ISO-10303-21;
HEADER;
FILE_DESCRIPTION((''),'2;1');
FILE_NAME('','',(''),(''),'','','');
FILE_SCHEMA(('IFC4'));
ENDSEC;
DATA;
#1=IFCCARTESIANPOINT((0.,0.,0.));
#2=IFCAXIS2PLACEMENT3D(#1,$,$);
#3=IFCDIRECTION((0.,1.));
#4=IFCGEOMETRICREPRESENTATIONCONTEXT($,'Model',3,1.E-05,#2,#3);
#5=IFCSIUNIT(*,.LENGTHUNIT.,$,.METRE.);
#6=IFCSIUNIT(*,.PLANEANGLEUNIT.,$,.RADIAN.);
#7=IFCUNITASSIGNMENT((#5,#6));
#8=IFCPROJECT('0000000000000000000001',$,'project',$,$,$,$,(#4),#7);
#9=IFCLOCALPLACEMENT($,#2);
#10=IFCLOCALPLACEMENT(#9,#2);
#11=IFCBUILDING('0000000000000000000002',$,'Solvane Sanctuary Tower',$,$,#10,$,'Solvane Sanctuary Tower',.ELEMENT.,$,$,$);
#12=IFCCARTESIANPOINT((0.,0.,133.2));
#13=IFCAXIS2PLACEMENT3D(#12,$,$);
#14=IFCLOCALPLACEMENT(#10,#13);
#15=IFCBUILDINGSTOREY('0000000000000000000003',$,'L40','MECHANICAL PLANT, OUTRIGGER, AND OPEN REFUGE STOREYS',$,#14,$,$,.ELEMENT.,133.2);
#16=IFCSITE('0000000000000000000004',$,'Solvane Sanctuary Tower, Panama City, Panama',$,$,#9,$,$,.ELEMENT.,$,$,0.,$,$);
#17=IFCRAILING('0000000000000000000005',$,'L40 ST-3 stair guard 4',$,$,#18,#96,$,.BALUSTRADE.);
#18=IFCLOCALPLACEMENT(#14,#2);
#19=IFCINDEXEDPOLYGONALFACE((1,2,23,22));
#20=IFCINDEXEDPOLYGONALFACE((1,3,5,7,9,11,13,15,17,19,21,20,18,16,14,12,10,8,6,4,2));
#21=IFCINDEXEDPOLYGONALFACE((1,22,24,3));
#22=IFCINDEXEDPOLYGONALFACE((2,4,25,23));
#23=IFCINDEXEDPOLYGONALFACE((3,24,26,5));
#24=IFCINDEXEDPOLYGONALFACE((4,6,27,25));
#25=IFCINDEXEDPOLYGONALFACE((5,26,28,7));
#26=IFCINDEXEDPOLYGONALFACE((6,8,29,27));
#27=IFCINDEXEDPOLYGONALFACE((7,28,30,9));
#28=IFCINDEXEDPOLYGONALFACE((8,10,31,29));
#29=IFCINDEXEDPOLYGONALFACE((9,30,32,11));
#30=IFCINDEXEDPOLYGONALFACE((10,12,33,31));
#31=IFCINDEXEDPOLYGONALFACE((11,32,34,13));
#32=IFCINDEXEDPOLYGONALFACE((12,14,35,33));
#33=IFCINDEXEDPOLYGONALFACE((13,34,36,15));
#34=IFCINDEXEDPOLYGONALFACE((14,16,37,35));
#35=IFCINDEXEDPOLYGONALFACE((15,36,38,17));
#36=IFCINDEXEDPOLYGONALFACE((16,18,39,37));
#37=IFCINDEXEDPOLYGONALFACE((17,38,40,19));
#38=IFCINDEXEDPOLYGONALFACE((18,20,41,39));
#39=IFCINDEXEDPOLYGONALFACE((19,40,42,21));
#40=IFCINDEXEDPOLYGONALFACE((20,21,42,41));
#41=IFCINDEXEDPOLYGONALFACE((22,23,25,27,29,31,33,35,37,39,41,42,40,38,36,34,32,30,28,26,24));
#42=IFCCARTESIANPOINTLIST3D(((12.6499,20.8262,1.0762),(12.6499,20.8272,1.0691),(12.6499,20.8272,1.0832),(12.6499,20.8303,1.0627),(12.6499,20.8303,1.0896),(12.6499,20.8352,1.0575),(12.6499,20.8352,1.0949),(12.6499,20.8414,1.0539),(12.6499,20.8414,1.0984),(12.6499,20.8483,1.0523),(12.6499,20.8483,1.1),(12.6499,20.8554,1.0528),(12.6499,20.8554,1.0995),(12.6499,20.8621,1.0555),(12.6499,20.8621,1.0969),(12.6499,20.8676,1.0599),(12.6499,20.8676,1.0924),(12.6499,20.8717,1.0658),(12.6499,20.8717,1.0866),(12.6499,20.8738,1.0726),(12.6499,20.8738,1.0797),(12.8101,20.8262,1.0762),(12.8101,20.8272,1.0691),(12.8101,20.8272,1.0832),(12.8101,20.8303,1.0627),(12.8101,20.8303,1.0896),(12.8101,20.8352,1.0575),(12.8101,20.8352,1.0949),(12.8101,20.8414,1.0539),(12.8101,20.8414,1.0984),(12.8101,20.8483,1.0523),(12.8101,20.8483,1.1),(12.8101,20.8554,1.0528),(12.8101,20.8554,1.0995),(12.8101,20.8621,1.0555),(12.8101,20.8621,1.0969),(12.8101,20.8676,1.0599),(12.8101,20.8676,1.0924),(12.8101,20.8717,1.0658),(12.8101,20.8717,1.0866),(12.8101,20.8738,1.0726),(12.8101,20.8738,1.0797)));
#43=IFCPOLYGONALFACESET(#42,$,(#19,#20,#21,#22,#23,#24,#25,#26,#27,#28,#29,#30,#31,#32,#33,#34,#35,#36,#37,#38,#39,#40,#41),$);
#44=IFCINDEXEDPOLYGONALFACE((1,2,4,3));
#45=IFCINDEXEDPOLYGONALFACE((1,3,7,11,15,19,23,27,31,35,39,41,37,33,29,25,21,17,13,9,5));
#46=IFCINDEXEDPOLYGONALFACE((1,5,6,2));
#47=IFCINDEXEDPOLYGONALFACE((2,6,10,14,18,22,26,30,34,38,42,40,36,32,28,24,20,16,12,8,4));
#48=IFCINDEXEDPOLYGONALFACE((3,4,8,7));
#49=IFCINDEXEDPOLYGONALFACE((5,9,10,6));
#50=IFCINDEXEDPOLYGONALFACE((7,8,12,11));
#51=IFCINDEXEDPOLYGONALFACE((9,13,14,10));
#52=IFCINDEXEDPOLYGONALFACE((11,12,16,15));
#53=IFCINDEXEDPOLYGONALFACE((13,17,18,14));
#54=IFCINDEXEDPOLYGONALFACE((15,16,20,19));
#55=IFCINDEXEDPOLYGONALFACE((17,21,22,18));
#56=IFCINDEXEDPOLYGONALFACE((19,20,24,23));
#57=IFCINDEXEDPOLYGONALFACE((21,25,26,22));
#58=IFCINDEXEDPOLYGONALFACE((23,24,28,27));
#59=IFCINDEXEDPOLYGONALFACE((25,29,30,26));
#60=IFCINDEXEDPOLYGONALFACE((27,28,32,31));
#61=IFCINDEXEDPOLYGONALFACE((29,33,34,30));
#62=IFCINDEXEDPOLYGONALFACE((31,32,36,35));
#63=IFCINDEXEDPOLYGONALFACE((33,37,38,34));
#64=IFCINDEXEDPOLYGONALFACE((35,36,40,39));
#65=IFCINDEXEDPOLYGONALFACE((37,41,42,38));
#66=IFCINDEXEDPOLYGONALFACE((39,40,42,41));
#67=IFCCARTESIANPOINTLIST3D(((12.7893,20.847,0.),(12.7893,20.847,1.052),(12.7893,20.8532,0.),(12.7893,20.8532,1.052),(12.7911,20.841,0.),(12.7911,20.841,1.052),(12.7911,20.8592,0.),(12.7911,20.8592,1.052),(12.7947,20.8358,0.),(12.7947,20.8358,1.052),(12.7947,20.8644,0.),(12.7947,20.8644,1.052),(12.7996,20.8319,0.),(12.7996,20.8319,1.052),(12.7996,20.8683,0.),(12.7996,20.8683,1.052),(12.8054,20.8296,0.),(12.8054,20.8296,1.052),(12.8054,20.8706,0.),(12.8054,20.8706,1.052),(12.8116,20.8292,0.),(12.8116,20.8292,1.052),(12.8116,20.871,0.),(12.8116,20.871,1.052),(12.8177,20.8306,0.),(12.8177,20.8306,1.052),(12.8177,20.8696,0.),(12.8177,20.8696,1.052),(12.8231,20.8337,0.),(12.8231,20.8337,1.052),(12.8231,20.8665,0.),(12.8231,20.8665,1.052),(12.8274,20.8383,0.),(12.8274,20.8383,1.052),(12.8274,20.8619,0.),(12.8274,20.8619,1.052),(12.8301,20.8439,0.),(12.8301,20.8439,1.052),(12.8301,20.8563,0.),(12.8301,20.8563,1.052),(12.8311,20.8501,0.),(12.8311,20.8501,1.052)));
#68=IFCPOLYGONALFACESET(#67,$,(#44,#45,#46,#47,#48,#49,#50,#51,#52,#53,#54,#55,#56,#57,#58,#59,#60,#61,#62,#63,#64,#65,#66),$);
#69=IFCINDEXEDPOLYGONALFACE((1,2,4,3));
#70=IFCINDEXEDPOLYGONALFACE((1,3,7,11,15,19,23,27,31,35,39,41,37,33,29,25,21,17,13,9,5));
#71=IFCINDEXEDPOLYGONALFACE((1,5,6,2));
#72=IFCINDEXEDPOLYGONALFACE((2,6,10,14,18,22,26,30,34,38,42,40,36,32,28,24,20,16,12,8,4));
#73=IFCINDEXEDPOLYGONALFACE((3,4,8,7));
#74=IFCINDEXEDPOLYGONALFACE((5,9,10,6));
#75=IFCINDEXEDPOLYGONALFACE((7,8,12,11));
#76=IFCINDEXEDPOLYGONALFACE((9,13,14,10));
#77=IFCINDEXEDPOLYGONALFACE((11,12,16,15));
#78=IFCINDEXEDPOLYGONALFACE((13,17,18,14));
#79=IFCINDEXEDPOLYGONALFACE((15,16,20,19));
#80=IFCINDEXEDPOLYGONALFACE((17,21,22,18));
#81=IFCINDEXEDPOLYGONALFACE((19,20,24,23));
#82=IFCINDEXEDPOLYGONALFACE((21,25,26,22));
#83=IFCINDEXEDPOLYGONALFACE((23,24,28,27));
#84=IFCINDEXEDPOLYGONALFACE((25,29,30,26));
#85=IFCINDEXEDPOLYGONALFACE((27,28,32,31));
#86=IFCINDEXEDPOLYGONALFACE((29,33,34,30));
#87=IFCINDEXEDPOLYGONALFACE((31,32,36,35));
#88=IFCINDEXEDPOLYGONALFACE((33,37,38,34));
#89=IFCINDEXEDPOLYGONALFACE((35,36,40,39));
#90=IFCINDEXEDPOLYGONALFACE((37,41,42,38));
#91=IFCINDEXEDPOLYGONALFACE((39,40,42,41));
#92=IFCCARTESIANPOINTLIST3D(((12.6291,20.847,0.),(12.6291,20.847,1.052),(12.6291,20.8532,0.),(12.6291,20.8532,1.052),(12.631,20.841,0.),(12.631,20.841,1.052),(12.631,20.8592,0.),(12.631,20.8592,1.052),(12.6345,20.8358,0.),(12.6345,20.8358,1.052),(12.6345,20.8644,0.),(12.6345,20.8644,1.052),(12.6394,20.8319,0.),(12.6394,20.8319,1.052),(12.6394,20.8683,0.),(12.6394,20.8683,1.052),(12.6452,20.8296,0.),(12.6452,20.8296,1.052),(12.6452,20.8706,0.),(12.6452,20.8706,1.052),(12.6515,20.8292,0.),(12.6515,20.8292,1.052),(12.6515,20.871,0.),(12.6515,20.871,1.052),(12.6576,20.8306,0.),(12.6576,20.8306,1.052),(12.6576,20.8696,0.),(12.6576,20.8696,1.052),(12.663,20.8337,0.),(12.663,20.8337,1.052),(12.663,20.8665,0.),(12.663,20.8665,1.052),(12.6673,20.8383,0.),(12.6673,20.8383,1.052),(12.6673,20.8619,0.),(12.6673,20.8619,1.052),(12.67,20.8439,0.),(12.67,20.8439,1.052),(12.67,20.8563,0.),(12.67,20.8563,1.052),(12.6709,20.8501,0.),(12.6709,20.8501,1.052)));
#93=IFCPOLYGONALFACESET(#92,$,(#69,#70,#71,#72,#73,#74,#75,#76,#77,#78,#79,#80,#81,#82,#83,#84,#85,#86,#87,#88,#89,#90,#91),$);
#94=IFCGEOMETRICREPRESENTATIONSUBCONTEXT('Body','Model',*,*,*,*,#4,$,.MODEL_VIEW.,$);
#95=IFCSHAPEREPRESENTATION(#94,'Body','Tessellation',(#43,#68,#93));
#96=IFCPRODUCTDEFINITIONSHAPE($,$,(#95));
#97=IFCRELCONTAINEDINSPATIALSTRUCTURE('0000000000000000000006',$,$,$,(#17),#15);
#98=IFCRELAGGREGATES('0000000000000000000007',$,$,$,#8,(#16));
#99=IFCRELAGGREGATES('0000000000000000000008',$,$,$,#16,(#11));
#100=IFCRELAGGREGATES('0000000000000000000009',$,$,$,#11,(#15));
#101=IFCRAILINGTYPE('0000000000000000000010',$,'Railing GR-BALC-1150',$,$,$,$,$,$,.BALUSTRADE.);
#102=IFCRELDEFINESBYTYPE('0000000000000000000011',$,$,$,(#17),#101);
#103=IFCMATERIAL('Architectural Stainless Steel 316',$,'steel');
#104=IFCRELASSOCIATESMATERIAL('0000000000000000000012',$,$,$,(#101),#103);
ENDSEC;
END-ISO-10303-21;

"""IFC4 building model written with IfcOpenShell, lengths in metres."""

from ifc_helpers import new_model, si_unit, direction, frame, origin, origin_2d, place, context, subcontext, project, spatial, circle, extrude, material, type_object, element, save


model = new_model("IFC4")

# Units and contexts
model_context = context("Model", 3, precision=1e-05, world=origin(), true_north=direction((0.0, 1.0)))
body_context = subcontext(model_context, "Body", "Model", "MODEL_VIEW")
ifc_project = project(units=[si_unit("LENGTHUNIT", "METRE"), si_unit("PLANEANGLEUNIT", "RADIAN")], contexts=[model_context])

# Site, building, storey
site_placement = place(None, origin())
site = spatial("IfcSite", under=ifc_project, at=site_placement, Name="Solvane Sanctuary Tower, Panama City, Panama", CompositionType="ELEMENT", RefElevation=0.0)
building_placement = place(site_placement, origin())
building = spatial("IfcBuilding", under=site, at=building_placement, Name="Solvane Sanctuary Tower", LongName="Solvane Sanctuary Tower", CompositionType="ELEMENT")
storey_placement = place(building_placement, frame((0.0, 0.0, 133.2)))
storey = spatial("IfcBuildingStorey", under=building, at=storey_placement, Name="L40", Description="MECHANICAL PLANT, OUTRIGGER, AND OPEN REFUGE STOREYS", CompositionType="ELEMENT", Elevation=133.2)

# Shared definitions
ifc_material_1 = material(Name="Architectural Stainless Steel 316", Category="steel")

# Railing
railing_type_1 = type_object("IfcRailingType", Name="Railing GR-BALC-1150", PredefinedType="BALUSTRADE", material=ifc_material_1)
railing_1_placement = place(storey_placement, frame((12.8101, 20.8501, 0.0)))
element("IfcRailing", 1, at=railing_1_placement, inside=storey, type_object=railing_type_1, Name="L40 ST-3 stair guard 4", PredefinedType="BALUSTRADE", context=body_context, shape_type="SweptSolid", body=[
    extrude(circle(Radius=0.0239, at=origin_2d()), frame((0.0, 0.0, 1.0762), z_axis=(-1.0, 0.0, 0.0), x_axis=(0.0, -1.0, 0.0)), (0.0, 0.0, 1.0), 0.1602),
    extrude(circle(Radius=0.021, at=origin_2d()), origin(), (0.0, 0.0, 1.0), 1.052),
    extrude(circle(Radius=0.021, at=origin_2d()), frame((-0.1602, 0.0, 0.0)), (0.0, 0.0, 1.0), 1.052),
])

save(model, "model.ifc")
